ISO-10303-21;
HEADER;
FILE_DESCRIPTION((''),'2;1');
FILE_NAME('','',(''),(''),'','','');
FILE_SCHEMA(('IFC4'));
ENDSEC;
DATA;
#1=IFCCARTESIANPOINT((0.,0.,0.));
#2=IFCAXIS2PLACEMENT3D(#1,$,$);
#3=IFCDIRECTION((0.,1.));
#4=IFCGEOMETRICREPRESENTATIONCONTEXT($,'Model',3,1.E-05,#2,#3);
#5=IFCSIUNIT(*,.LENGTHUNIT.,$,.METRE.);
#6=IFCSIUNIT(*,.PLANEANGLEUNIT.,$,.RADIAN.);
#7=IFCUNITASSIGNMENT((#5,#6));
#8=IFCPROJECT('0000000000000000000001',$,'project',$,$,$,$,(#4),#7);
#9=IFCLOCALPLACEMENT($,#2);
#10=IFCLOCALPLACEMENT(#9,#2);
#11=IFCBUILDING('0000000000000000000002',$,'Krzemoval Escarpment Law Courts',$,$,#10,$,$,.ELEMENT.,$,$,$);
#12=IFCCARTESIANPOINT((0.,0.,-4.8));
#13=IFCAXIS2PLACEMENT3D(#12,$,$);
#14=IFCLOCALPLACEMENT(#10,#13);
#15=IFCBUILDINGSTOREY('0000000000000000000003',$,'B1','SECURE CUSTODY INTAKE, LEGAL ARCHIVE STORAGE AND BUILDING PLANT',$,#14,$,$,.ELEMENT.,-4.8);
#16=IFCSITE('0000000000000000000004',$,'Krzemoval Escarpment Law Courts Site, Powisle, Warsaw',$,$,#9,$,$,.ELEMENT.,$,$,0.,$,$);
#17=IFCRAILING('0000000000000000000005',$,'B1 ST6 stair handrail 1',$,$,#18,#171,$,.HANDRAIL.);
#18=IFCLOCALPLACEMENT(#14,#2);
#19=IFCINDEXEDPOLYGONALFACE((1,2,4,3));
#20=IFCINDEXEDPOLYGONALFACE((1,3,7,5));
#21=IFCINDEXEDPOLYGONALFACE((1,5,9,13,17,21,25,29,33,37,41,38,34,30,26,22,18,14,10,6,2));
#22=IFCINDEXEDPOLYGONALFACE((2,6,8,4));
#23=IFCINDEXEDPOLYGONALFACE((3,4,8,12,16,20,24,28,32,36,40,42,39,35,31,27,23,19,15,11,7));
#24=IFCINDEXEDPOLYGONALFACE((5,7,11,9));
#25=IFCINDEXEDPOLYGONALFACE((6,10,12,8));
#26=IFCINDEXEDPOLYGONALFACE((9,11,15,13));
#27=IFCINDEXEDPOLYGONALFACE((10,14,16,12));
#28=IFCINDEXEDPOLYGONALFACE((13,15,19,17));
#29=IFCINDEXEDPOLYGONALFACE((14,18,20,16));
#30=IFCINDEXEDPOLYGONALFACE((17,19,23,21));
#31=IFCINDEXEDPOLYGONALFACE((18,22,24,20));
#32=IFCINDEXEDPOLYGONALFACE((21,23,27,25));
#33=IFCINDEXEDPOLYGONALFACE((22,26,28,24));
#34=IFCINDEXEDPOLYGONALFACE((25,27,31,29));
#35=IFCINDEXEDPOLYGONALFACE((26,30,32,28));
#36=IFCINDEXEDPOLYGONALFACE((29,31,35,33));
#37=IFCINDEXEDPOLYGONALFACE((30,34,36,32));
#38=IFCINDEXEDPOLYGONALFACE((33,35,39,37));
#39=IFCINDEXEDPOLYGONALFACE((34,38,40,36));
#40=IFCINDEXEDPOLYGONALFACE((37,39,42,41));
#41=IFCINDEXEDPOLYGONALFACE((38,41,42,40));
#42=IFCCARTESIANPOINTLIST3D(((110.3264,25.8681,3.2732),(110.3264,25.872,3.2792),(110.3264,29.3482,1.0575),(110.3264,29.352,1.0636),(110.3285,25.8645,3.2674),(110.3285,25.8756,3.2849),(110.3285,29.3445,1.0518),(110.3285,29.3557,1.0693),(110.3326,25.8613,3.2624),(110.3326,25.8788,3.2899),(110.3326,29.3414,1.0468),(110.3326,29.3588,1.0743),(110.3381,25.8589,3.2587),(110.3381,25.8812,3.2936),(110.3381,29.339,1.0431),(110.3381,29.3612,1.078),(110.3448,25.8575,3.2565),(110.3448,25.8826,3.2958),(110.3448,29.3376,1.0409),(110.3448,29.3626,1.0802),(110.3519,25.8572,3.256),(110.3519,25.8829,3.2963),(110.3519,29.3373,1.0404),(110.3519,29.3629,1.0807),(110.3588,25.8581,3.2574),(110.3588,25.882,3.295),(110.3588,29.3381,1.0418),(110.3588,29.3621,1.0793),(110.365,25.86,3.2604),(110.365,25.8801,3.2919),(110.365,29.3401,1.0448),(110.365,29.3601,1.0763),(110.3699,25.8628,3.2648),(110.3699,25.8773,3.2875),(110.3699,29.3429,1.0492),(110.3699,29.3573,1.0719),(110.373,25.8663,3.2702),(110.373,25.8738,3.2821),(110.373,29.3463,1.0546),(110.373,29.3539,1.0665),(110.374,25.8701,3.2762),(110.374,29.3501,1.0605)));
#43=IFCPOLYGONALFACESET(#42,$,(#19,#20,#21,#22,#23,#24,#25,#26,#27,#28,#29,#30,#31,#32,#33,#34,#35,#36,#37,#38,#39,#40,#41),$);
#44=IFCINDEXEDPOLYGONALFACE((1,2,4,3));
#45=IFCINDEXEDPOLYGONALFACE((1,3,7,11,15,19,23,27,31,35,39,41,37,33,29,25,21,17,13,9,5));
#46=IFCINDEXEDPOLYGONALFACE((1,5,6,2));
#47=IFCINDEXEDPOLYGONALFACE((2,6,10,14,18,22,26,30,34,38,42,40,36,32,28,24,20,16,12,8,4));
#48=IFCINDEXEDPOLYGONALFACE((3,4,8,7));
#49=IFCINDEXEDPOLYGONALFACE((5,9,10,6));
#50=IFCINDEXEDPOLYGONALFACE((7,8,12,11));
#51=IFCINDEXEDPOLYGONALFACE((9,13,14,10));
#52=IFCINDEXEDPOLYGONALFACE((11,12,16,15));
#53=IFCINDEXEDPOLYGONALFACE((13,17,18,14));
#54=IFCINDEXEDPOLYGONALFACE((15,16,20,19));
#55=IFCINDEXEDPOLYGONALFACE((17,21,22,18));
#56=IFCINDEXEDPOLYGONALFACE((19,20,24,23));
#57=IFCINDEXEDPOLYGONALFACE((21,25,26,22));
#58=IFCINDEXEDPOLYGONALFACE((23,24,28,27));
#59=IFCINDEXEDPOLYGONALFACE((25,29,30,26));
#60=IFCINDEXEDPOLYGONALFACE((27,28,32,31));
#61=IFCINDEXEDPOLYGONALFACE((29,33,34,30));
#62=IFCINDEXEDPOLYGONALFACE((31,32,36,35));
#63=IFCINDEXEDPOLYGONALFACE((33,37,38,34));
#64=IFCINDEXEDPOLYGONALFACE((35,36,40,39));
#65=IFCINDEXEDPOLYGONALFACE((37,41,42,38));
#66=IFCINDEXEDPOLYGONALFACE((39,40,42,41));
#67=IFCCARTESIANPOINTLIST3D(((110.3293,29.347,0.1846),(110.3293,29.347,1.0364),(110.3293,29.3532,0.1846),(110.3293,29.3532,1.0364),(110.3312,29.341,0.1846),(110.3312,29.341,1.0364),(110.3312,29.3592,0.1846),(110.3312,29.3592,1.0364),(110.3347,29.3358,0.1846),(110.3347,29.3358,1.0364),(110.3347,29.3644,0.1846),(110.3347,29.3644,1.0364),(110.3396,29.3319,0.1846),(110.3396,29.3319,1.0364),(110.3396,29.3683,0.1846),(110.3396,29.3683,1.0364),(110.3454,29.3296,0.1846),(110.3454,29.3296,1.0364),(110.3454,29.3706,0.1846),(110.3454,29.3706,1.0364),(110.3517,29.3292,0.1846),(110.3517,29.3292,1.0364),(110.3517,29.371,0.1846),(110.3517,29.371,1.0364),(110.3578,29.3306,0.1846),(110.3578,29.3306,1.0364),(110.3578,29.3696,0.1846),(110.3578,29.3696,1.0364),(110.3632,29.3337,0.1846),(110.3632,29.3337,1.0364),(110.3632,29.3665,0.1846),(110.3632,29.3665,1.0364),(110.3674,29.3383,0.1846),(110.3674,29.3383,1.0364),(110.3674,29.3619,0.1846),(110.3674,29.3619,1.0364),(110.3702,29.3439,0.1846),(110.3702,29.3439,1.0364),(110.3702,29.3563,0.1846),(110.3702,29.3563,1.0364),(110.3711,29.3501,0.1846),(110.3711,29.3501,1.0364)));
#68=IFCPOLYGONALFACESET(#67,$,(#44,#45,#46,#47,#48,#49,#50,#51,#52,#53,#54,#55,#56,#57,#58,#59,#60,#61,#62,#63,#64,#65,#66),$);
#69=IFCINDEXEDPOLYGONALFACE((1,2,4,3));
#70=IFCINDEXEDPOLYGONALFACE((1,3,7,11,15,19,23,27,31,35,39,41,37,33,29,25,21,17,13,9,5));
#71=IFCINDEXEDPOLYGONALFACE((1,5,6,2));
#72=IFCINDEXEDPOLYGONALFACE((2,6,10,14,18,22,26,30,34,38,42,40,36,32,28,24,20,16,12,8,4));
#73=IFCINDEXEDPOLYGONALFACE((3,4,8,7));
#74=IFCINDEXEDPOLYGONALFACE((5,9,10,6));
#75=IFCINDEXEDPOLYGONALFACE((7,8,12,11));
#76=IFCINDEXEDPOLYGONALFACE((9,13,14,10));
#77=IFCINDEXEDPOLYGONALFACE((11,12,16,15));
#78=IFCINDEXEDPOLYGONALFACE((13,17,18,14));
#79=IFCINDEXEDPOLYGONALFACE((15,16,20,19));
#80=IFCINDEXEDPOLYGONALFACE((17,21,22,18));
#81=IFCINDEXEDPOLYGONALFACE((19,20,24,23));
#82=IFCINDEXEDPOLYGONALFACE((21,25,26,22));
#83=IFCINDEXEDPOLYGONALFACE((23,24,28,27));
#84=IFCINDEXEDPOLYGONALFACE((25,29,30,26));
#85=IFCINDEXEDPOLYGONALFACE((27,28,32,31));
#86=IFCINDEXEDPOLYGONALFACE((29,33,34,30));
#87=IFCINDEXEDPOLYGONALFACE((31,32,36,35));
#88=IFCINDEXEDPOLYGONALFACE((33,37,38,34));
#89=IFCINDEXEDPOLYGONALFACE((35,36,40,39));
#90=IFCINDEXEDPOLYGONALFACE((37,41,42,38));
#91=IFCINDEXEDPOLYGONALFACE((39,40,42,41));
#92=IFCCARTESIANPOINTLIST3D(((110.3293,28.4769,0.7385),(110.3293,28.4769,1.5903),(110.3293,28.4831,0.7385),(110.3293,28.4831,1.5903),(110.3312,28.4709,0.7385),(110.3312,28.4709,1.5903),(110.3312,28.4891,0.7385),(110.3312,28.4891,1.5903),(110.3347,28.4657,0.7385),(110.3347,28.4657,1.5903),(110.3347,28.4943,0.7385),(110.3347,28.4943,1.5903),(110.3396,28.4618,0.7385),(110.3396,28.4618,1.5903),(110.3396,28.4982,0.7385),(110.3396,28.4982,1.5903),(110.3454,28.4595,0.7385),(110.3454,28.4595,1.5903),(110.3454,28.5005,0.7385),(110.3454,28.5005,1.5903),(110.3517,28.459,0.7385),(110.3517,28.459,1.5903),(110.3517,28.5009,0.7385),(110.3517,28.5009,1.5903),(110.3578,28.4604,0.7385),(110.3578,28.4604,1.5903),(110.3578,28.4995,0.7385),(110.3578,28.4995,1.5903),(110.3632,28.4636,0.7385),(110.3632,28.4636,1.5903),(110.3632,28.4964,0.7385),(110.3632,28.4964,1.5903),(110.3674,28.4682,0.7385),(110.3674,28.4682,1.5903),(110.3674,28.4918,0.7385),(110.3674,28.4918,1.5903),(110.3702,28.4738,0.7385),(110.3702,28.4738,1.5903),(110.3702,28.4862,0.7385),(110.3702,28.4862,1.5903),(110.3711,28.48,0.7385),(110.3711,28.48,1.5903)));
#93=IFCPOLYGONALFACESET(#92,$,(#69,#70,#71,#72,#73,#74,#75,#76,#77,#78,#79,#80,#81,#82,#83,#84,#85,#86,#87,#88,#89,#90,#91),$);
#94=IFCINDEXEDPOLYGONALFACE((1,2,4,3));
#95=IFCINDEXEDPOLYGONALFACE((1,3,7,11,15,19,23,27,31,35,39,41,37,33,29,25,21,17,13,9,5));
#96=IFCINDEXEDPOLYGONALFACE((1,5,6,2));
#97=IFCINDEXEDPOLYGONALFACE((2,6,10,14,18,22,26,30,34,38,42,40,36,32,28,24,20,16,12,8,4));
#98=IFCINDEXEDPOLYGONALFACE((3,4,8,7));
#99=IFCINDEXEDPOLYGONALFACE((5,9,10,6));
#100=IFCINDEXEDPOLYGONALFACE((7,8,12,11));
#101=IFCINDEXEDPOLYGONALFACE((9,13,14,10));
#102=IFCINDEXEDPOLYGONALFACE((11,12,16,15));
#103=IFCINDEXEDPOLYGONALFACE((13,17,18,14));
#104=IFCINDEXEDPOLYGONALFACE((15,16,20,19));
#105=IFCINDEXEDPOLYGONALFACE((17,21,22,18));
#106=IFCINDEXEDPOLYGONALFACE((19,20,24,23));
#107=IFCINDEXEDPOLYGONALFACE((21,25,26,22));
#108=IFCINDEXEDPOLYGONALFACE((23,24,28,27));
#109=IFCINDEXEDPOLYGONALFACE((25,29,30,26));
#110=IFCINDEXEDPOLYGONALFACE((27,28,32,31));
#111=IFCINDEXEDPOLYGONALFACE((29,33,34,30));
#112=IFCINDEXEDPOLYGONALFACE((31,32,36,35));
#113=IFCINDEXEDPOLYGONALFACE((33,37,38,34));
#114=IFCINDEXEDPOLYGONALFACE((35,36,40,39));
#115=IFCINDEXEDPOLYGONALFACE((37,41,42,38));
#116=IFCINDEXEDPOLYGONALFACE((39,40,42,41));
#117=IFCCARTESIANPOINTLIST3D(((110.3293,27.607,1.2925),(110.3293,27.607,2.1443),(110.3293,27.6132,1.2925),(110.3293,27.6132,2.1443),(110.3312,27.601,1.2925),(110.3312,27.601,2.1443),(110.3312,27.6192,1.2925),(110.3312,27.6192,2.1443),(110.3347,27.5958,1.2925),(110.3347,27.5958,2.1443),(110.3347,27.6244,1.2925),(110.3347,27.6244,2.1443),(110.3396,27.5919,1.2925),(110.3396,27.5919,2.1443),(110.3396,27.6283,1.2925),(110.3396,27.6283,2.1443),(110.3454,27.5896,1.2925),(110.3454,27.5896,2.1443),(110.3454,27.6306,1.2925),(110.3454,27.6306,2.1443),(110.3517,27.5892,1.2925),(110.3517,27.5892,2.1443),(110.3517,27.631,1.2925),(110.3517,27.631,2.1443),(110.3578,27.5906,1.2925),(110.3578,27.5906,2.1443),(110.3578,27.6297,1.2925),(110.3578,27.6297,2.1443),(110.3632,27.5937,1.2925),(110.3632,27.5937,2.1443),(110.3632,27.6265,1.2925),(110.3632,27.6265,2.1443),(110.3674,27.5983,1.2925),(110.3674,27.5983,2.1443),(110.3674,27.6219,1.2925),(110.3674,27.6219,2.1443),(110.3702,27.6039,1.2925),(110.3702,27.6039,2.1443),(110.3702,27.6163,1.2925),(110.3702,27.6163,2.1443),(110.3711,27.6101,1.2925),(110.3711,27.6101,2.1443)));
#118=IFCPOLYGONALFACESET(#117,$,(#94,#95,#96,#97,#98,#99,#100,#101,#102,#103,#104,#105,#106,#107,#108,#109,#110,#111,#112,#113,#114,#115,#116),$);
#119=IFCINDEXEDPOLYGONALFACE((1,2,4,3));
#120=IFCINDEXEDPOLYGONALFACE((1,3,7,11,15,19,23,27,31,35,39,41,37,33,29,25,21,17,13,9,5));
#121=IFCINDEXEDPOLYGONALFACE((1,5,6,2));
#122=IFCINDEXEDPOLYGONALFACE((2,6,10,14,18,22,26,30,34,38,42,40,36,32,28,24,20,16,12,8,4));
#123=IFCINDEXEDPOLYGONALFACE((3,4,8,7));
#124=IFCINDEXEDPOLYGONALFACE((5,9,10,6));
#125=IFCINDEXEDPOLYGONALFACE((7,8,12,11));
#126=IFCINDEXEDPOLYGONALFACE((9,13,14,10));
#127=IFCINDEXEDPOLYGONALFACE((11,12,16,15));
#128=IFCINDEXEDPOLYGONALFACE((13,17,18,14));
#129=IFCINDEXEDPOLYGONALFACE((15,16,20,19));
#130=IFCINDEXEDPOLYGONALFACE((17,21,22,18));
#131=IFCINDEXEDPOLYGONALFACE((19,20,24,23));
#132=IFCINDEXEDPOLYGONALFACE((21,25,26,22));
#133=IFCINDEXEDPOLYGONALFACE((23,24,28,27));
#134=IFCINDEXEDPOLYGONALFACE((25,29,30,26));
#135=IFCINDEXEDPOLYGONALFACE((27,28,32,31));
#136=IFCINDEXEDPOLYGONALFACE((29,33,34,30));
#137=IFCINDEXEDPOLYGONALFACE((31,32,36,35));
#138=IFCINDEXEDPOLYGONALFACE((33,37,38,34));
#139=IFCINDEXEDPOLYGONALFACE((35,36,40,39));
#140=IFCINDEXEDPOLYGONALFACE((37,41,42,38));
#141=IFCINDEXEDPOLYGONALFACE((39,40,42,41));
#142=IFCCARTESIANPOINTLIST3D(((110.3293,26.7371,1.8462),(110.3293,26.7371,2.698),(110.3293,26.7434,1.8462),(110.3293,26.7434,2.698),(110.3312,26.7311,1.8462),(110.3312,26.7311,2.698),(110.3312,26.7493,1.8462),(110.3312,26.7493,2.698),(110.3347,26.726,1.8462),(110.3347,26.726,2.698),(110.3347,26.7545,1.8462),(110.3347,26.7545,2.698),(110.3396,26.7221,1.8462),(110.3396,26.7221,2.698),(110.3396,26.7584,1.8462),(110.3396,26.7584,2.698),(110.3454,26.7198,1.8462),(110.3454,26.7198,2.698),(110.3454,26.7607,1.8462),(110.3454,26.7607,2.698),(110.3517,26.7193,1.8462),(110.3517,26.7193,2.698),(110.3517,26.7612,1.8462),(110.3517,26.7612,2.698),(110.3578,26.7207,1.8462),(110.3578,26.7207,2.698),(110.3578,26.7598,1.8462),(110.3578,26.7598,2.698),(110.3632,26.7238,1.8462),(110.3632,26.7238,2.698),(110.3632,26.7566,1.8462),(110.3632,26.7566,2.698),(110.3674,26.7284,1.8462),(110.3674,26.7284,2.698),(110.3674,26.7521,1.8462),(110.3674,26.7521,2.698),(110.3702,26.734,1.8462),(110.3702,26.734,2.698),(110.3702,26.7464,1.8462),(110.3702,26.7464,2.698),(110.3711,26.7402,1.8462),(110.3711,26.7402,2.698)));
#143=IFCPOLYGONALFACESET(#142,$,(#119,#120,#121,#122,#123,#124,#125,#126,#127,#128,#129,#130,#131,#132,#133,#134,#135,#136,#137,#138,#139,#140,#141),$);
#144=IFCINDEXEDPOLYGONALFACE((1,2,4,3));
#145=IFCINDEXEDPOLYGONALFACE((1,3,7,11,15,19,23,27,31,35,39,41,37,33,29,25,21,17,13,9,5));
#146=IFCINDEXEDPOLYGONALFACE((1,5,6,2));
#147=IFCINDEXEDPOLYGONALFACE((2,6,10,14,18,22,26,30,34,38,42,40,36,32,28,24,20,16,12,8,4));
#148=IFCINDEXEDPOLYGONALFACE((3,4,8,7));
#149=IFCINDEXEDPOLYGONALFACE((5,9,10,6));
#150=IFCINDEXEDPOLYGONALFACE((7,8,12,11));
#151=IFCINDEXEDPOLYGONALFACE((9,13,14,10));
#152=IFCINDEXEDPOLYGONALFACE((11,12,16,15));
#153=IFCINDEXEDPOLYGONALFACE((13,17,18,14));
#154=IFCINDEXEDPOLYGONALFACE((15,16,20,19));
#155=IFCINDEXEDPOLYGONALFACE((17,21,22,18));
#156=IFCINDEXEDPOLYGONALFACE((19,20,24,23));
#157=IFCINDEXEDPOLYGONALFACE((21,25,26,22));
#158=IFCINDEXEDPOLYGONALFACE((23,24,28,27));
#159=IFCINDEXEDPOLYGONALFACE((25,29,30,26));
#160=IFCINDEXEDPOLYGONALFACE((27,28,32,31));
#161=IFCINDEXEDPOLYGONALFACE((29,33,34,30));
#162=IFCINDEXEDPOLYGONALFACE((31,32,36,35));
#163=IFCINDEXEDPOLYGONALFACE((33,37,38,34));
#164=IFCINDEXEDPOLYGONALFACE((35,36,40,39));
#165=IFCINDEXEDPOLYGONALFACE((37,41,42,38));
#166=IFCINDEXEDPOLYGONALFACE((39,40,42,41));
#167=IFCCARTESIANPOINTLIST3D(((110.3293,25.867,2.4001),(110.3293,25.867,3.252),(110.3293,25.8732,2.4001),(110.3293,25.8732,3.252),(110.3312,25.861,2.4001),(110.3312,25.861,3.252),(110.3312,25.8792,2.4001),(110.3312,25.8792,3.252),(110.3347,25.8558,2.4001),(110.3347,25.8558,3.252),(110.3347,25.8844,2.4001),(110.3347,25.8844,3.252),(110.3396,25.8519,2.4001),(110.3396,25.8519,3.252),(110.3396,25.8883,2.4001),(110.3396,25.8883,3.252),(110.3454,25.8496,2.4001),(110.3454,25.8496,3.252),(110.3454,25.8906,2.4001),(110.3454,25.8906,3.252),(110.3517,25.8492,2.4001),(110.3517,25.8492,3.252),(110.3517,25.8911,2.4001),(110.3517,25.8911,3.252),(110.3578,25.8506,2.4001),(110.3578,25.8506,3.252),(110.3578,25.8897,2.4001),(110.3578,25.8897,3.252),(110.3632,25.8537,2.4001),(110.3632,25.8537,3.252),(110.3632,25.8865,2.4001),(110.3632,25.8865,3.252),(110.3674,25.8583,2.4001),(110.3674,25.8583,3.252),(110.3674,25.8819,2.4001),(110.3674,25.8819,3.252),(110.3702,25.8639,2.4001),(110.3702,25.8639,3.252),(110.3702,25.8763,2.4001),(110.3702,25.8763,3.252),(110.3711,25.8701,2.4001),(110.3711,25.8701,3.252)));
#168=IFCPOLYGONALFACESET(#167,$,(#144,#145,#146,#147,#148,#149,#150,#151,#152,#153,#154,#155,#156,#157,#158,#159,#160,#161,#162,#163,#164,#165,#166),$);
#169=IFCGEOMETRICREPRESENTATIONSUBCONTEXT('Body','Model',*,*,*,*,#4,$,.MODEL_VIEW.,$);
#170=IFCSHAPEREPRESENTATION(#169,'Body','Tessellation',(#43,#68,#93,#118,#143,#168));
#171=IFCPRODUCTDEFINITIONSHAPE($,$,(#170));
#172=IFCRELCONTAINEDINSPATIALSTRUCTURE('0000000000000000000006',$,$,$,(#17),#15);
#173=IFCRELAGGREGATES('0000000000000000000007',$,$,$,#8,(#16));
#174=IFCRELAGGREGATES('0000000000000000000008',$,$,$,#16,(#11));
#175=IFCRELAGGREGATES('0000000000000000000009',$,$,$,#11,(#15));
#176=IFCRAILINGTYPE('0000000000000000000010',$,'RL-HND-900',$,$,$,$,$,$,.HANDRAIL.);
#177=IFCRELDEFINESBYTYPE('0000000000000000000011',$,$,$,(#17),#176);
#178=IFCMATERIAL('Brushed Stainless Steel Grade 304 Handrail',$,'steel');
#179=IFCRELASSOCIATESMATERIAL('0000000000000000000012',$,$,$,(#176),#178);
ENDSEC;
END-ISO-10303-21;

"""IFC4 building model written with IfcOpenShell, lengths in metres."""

from ifc_helpers import new_model, si_unit, direction, frame, origin, origin_2d, place, context, subcontext, project, spatial, circle, extrude, material, type_object, element, save


model = new_model("IFC4")

# Units and contexts
model_context = context("Model", 3, precision=1e-05, world=origin(), true_north=direction((0.0, 1.0)))
body_context = subcontext(model_context, "Body", "Model", "MODEL_VIEW")
ifc_project = project(units=[si_unit("LENGTHUNIT", "METRE"), si_unit("PLANEANGLEUNIT", "RADIAN")], contexts=[model_context])

# Site, building, storey
site_placement = place(None, origin())
site = spatial("IfcSite", under=ifc_project, at=site_placement, Name="Krzemoval Escarpment Law Courts Site, Powisle, Warsaw", CompositionType="ELEMENT", RefElevation=0.0)
building_placement = place(site_placement, origin())
building = spatial("IfcBuilding", under=site, at=building_placement, Name="Krzemoval Escarpment Law Courts", CompositionType="ELEMENT")
storey_placement = place(building_placement, frame((0.0, 0.0, -4.8)))
storey = spatial("IfcBuildingStorey", under=building, at=storey_placement, Name="B1", Description="SECURE CUSTODY INTAKE, LEGAL ARCHIVE STORAGE AND BUILDING PLANT", CompositionType="ELEMENT", Elevation=-4.8)

# Railing
ifc_material_1 = material(Name="Brushed Stainless Steel Grade 304 Handrail", Category="steel")
railing_type_1 = type_object("IfcRailingType", Name="RL-HND-900", PredefinedType="HANDRAIL", material=ifc_material_1)
railing_1_placement = place(storey_placement, frame((110.3501, 29.3501, 0.1846)))
element("IfcRailing", 1, at=railing_1_placement, inside=storey, type_object=railing_type_1, Name="B1 ST6 stair handrail 1", PredefinedType="HANDRAIL", context=body_context, shape_type="SweptSolid", body=[
    extrude(circle(Radius=0.0239, at=origin_2d()), frame((0.0, 0.0, 0.876), z_axis=(0.0, -0.843547, 0.537055), x_axis=(1.0, 0.0, 0.0)), (0.0, 0.0, 1.0), 4.1255),
    extrude(circle(Radius=0.021, at=origin_2d()), origin(), (0.0, 0.0, 1.0), 0.8518),
    extrude(circle(Radius=0.021, at=origin_2d()), frame((0.0, -0.8701, 0.554)), (0.0, 0.0, 1.0), 0.8518),
    extrude(circle(Radius=0.021, at=origin_2d()), frame((0.0, -1.74, 1.1079)), (0.0, 0.0, 1.0), 0.8518),
    extrude(circle(Radius=0.021, at=origin_2d()), frame((0.0, -2.6099, 1.6616)), (0.0, 0.0, 1.0), 0.8518),
    extrude(circle(Radius=0.021, at=origin_2d()), frame((0.0, -3.48, 2.2156)), (0.0, 0.0, 1.0), 0.8518),
])

save(model, "model.ifc")
